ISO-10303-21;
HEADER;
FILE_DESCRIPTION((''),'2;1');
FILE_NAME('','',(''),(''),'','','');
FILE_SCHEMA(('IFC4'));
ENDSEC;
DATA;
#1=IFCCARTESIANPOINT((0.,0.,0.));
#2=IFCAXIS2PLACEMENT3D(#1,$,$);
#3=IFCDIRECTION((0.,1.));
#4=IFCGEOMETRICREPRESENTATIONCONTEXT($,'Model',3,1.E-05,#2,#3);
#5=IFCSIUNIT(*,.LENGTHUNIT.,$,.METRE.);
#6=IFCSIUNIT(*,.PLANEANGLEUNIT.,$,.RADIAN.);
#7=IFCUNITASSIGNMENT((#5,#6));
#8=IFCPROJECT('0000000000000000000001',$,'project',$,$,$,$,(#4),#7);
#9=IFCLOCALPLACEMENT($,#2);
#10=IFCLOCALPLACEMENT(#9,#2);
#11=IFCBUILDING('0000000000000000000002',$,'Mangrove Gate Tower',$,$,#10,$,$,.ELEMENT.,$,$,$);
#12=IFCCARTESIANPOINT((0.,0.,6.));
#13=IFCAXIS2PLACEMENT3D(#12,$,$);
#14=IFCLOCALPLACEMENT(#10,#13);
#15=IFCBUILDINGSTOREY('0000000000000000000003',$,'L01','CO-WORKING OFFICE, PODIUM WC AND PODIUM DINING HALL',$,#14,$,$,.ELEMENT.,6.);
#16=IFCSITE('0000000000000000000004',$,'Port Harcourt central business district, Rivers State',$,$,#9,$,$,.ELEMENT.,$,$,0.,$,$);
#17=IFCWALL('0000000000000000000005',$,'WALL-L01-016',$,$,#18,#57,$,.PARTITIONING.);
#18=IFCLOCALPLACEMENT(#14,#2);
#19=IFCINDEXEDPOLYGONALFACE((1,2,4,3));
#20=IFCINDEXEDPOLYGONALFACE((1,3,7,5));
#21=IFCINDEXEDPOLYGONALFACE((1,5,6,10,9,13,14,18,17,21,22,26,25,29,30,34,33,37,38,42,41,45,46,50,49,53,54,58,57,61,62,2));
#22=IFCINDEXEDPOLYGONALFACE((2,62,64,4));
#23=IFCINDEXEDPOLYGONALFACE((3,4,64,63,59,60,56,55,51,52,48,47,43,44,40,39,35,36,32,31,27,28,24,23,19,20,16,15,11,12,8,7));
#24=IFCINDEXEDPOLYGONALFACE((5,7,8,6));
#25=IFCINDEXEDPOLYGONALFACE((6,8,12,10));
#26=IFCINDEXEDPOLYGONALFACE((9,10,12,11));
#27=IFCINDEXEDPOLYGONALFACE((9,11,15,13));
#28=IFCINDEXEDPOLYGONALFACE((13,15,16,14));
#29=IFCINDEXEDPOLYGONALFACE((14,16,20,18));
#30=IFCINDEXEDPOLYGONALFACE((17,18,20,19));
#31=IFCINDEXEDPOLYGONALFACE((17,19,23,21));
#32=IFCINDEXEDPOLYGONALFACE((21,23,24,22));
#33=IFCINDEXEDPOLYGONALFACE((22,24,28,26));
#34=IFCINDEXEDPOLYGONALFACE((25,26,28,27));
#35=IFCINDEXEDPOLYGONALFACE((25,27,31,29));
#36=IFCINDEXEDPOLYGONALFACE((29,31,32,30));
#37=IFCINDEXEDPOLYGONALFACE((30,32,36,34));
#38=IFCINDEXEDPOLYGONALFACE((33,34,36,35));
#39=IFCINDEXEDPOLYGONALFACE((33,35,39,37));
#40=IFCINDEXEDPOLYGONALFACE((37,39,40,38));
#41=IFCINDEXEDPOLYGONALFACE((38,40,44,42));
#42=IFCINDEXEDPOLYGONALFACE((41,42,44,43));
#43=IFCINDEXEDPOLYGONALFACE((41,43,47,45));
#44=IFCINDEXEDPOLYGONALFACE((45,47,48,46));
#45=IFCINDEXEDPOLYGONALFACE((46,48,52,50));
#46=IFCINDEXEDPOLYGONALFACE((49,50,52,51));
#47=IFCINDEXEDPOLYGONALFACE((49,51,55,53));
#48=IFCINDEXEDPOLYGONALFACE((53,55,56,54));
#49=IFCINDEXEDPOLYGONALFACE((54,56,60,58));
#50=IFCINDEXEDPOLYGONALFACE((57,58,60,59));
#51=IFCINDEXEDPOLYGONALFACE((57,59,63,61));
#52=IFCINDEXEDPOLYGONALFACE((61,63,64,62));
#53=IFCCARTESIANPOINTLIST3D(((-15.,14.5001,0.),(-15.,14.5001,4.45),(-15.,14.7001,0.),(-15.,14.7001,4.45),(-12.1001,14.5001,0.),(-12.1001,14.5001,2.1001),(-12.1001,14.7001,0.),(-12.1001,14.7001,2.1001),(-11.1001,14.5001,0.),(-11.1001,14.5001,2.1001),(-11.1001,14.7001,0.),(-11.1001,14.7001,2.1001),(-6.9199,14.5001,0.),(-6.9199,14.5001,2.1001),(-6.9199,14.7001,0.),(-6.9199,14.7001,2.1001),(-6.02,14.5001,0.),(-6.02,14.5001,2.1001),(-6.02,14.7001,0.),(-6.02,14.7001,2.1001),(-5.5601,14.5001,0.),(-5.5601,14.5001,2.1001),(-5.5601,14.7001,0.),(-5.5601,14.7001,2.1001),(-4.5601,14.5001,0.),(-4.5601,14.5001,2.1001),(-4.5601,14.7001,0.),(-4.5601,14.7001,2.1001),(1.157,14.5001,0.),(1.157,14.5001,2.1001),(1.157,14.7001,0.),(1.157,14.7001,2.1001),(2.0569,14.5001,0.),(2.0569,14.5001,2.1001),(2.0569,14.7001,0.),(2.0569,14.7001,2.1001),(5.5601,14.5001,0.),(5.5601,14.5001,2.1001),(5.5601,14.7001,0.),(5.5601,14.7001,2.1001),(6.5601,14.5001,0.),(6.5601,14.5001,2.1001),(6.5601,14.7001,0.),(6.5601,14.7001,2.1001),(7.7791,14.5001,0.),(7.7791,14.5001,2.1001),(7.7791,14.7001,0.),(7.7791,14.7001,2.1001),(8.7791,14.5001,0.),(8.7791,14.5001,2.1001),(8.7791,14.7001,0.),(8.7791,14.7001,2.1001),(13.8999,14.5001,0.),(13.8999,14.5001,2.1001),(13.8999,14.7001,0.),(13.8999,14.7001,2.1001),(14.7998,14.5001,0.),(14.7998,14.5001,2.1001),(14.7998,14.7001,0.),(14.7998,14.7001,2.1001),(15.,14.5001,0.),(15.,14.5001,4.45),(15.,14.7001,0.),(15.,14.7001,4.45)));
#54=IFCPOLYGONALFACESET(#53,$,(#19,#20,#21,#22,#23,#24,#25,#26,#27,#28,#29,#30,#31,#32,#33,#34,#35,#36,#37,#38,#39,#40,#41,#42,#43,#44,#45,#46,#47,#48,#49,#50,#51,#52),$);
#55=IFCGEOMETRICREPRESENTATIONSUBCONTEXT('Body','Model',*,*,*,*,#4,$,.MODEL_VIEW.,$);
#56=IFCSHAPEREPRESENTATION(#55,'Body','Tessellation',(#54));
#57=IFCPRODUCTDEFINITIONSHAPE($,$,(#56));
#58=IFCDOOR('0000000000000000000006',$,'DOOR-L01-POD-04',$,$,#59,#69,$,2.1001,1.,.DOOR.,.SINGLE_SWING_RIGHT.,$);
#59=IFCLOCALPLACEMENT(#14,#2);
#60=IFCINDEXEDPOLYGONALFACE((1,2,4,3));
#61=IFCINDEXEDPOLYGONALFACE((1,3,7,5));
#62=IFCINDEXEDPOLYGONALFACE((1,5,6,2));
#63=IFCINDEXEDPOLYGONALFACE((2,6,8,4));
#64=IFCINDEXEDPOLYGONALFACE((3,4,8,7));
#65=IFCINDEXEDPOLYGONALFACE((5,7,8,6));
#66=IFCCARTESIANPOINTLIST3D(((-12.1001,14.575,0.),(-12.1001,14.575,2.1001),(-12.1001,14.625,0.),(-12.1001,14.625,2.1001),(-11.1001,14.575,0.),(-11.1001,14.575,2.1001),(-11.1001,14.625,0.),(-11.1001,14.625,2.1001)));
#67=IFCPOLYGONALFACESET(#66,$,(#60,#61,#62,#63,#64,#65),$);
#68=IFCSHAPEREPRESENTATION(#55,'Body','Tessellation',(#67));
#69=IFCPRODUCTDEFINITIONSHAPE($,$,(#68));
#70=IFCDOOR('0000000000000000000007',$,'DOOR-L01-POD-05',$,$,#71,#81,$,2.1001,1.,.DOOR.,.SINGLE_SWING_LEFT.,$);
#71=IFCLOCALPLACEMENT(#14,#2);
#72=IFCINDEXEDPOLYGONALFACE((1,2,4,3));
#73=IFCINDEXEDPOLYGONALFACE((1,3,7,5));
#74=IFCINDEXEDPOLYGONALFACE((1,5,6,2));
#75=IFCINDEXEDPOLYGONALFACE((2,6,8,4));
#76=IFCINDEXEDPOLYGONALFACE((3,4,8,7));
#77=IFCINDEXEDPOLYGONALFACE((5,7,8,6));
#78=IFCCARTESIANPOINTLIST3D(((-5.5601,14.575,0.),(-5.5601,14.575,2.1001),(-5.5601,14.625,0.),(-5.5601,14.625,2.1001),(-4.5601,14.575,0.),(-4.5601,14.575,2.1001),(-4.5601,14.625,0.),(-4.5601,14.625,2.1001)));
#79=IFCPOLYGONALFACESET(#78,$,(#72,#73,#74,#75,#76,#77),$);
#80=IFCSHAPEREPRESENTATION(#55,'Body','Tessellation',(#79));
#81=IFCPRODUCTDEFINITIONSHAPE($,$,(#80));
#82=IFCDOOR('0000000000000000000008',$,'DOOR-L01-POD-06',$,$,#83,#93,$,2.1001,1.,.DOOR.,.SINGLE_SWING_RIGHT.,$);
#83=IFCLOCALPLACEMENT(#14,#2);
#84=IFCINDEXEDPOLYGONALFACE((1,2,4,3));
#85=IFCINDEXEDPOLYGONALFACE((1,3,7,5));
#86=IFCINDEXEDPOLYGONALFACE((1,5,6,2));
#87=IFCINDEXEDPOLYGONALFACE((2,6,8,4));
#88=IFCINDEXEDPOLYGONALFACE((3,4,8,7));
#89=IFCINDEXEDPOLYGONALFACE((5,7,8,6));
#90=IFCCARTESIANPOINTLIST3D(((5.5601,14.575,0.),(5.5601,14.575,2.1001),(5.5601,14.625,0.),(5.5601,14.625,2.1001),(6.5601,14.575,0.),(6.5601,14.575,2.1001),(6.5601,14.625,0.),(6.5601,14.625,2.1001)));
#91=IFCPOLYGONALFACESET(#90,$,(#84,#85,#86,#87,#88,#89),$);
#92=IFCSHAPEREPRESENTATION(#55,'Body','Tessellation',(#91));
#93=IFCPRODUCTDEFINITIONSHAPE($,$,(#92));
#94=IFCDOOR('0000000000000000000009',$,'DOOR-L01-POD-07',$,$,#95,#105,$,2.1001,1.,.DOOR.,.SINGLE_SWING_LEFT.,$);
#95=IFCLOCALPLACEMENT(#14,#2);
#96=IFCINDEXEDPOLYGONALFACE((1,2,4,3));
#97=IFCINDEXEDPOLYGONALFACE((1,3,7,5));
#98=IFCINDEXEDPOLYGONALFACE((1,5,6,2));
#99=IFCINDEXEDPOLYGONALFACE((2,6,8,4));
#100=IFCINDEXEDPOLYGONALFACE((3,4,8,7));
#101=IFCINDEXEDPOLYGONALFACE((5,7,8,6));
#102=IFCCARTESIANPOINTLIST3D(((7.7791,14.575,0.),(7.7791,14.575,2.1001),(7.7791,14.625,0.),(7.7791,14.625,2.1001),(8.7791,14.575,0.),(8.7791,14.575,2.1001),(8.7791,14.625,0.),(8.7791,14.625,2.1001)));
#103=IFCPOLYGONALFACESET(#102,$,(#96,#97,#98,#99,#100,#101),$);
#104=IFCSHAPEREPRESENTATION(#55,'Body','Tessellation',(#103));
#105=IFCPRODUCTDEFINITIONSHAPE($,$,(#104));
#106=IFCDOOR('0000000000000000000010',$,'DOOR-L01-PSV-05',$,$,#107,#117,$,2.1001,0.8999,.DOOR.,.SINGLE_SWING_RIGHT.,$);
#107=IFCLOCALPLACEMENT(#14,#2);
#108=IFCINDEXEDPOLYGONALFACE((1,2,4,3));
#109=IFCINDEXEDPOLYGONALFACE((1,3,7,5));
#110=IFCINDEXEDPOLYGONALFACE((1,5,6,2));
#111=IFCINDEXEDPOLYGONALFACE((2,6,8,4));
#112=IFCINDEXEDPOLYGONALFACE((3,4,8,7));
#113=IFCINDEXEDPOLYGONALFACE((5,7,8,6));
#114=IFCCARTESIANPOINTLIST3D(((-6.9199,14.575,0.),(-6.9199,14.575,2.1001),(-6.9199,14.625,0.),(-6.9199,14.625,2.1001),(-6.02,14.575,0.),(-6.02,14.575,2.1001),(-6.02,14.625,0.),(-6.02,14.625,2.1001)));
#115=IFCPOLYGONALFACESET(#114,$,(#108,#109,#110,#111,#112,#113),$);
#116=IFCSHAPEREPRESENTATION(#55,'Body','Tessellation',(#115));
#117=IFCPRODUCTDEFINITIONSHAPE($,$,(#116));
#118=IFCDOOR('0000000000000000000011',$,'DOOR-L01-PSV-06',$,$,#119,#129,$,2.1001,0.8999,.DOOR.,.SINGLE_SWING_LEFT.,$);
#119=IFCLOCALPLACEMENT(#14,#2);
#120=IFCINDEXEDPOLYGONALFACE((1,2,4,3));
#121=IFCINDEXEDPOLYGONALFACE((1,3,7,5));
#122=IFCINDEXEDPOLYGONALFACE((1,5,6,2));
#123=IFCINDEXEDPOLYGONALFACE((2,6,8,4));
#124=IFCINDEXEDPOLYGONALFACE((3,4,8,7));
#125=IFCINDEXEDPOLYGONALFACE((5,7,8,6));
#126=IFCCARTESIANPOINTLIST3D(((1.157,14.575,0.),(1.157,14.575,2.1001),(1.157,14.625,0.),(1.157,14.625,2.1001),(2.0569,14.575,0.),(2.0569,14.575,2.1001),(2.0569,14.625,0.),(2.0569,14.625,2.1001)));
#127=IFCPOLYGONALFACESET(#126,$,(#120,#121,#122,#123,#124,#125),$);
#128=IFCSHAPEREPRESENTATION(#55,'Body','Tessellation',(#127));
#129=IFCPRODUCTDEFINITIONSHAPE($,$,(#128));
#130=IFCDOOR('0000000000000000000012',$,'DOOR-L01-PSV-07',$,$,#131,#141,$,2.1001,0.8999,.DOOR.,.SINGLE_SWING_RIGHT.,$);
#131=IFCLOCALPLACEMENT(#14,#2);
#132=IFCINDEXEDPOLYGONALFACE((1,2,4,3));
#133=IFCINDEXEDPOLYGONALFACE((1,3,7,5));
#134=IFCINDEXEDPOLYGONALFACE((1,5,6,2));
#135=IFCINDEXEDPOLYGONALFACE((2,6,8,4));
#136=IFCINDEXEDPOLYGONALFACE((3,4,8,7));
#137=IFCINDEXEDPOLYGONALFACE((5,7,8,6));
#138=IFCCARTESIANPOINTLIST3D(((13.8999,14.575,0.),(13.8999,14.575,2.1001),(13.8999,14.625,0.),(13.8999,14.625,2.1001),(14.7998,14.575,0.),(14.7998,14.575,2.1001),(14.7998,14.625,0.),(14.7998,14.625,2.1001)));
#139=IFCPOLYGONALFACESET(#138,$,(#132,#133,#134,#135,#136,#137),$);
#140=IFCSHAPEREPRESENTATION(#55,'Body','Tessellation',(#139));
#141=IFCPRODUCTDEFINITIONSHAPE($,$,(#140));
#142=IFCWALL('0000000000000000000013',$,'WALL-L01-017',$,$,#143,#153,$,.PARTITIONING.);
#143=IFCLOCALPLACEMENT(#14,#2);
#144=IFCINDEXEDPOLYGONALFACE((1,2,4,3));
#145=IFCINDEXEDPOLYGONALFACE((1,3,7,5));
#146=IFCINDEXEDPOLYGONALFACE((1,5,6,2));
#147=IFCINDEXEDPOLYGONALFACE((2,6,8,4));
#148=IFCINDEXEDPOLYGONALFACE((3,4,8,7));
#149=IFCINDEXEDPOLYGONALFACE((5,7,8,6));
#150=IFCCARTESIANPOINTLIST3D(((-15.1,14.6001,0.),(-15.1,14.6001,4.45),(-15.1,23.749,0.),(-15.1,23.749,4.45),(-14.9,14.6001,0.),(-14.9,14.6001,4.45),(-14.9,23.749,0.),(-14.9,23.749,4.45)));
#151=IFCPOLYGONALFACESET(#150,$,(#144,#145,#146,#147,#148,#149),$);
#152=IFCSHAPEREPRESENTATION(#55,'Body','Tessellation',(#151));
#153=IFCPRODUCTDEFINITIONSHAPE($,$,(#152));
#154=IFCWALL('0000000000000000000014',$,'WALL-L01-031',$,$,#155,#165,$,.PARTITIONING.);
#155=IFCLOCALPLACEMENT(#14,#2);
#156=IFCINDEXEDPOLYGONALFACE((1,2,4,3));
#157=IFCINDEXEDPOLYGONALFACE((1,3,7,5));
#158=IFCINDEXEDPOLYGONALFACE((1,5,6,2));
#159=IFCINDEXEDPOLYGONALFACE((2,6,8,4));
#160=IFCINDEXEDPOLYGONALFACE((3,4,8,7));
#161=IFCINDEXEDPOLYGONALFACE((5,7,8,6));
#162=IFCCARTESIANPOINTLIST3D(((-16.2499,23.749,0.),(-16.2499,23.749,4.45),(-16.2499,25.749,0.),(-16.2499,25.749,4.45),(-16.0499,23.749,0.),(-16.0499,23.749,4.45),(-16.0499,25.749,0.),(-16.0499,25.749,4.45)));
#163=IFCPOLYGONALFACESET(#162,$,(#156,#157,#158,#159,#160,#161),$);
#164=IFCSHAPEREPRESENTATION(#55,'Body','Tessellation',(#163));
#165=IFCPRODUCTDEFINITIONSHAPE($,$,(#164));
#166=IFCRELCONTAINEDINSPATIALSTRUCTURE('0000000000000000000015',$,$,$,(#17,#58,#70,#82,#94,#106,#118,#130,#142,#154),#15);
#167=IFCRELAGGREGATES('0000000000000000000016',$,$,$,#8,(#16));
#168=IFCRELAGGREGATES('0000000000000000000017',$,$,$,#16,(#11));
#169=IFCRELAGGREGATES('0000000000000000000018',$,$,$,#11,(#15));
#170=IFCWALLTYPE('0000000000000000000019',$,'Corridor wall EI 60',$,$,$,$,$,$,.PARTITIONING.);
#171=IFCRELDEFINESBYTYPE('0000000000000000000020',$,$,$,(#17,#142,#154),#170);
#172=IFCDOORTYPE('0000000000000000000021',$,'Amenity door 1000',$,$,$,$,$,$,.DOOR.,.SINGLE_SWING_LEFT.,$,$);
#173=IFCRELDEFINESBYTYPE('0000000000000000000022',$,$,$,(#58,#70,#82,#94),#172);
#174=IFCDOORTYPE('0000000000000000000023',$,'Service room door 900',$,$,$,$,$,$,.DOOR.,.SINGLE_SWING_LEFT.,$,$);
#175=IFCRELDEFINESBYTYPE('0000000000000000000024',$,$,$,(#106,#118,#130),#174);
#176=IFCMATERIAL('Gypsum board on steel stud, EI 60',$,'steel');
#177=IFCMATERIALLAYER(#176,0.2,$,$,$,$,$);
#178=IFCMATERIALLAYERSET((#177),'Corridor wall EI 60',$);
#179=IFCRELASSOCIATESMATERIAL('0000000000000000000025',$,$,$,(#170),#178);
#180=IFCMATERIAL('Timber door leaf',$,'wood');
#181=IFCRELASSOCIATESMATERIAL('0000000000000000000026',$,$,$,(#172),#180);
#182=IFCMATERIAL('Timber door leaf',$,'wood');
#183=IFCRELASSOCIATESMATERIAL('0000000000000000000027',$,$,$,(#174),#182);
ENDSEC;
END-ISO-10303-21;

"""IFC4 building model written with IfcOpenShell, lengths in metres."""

from ifc_helpers import new_model, si_unit, direction, frame, frame_2d, origin, place, context, subcontext, project, spatial, rectangle, extrude, material, layer, layer_set, type_object, element, fill, save


model = new_model("IFC4")

# Units and contexts
model_context = context("Model", 3, precision=1e-05, world=origin(), true_north=direction((0.0, 1.0)))
body_context = subcontext(model_context, "Body", "Model", "MODEL_VIEW")
ifc_project = project(units=[si_unit("LENGTHUNIT", "METRE"), si_unit("PLANEANGLEUNIT", "RADIAN")], contexts=[model_context])

# Site, building, storey
site_placement = place(None, origin())
site = spatial("IfcSite", under=ifc_project, at=site_placement, Name="Port Harcourt central business district, Rivers State", CompositionType="ELEMENT", RefElevation=0.0)
building_placement = place(site_placement, origin())
building = spatial("IfcBuilding", under=site, at=building_placement, Name="Mangrove Gate Tower", CompositionType="ELEMENT")
storey_placement = place(building_placement, frame((0.0, 0.0, 6.0)))
storey = spatial("IfcBuildingStorey", under=building, at=storey_placement, Name="L01", Description="CO-WORKING OFFICE, PODIUM WC AND PODIUM DINING HALL", CompositionType="ELEMENT", Elevation=6.0)

# Wall, openings, doors
ifc_material_1 = material(Name="Gypsum board on steel stud, EI 60", Category="steel")
ifc_layer_1 = layer(ifc_material_1, 0.2)
ifc_layer_set_1 = layer_set([ifc_layer_1], Name="Corridor wall EI 60")
wall_type_1 = type_object("IfcWallType", Name="Corridor wall EI 60", PredefinedType="PARTITIONING", material=ifc_layer_set_1)
wall_1_placement = place(storey_placement, frame((-15.0, 14.6001, 0.0), z_axis=(0.0, 0.0, 1.0), x_axis=(1.0, 0.0, 0.0)))
wall_1 = element("IfcWall", 1, at=wall_1_placement, inside=storey, type_object=wall_type_1, Name="WALL-L01-016", PredefinedType="PARTITIONING", context=body_context, shape_type="SweptSolid", body=[
    extrude(rectangle(XDim=30.0, YDim=0.2, at=frame_2d((15.0, 0.0))), origin(), (0.0, 0.0, 1.0), 4.45),
])
opening_1_placement = place(wall_1_placement, frame((2.8999, 0.0, 0.0)))
opening_1 = element("IfcOpeningElement", 2, at=opening_1_placement, cuts=wall_1, PredefinedType="OPENING", context=body_context, shape_type="SweptSolid", body=[
    extrude(rectangle(XDim=1.0, YDim=2.1001, at=frame_2d((0.5, 1.05))), frame((0.0, 0.1099, 0.0), z_axis=(0.0, -1.0, 0.0), x_axis=(1.0, 0.0, 0.0)), (0.0, 0.0, 1.0), 0.22),
])
opening_2_placement = place(wall_1_placement, frame((9.4399, 0.0, 0.0)))
opening_2 = element("IfcOpeningElement", 3, at=opening_2_placement, cuts=wall_1, PredefinedType="OPENING", context=body_context, shape_type="SweptSolid", body=[
    extrude(rectangle(XDim=1.0, YDim=2.1001, at=frame_2d((0.5, 1.05))), frame((0.0, 0.1099, 0.0), z_axis=(0.0, -1.0, 0.0), x_axis=(1.0, 0.0, 0.0)), (0.0, 0.0, 1.0), 0.22),
])
opening_3_placement = place(wall_1_placement, frame((8.0801, 0.0, 0.0)))
opening_3 = element("IfcOpeningElement", 4, at=opening_3_placement, cuts=wall_1, PredefinedType="OPENING", context=body_context, shape_type="SweptSolid", body=[
    extrude(rectangle(XDim=0.8999, YDim=2.1001, at=frame_2d((0.45, 1.05))), frame((0.0, 0.1099, 0.0), z_axis=(0.0, -1.0, 0.0), x_axis=(1.0, 0.0, 0.0)), (0.0, 0.0, 1.0), 0.22),
])
opening_4_placement = place(wall_1_placement, frame((20.5601, 0.0, 0.0)))
opening_4 = element("IfcOpeningElement", 5, at=opening_4_placement, cuts=wall_1, PredefinedType="OPENING", context=body_context, shape_type="SweptSolid", body=[
    extrude(rectangle(XDim=1.0, YDim=2.1001, at=frame_2d((0.5, 1.05))), frame((0.0, 0.1099, 0.0), z_axis=(0.0, -1.0, 0.0), x_axis=(1.0, 0.0, 0.0)), (0.0, 0.0, 1.0), 0.22),
])
opening_5_placement = place(wall_1_placement, frame((16.157, 0.0, 0.0)))
opening_5 = element("IfcOpeningElement", 6, at=opening_5_placement, cuts=wall_1, PredefinedType="OPENING", context=body_context, shape_type="SweptSolid", body=[
    extrude(rectangle(XDim=0.8999, YDim=2.1001, at=frame_2d((0.45, 1.05))), frame((0.0, 0.1099, 0.0), z_axis=(0.0, -1.0, 0.0), x_axis=(1.0, 0.0, 0.0)), (0.0, 0.0, 1.0), 0.22),
])
opening_6_placement = place(wall_1_placement, frame((22.7791, 0.0, 0.0)))
opening_6 = element("IfcOpeningElement", 7, at=opening_6_placement, cuts=wall_1, PredefinedType="OPENING", context=body_context, shape_type="SweptSolid", body=[
    extrude(rectangle(XDim=1.0, YDim=2.1001, at=frame_2d((0.5, 1.05))), frame((0.0, 0.1099, 0.0), z_axis=(0.0, -1.0, 0.0), x_axis=(1.0, 0.0, 0.0)), (0.0, 0.0, 1.0), 0.22),
])
opening_7_placement = place(wall_1_placement, frame((28.8999, 0.0, 0.0)))
opening_7 = element("IfcOpeningElement", 8, at=opening_7_placement, cuts=wall_1, PredefinedType="OPENING", context=body_context, shape_type="SweptSolid", body=[
    extrude(rectangle(XDim=0.8999, YDim=2.1001, at=frame_2d((0.45, 1.05))), frame((0.0, 0.1099, 0.0), z_axis=(0.0, -1.0, 0.0), x_axis=(1.0, 0.0, 0.0)), (0.0, 0.0, 1.0), 0.22),
])
ifc_material_2 = material(Name="Timber door leaf", Category="wood")
door_type_1 = type_object("IfcDoorType", Name="Amenity door 1000", OperationType="SINGLE_SWING_LEFT", PredefinedType="DOOR", material=ifc_material_2)
door_1_placement = place(opening_1_placement, origin())
door_1 = element("IfcDoor", 9, at=door_1_placement, inside=storey, type_object=door_type_1, Name="DOOR-L01-POD-04", OperationType="SINGLE_SWING_RIGHT", OverallHeight=2.1001, OverallWidth=1.0, PredefinedType="DOOR", context=body_context, shape_type="SweptSolid", body=[
    extrude(rectangle(XDim=1.0, YDim=2.1001, at=frame_2d((0.5, 1.05))), frame((0.0, 0.0249, 0.0), z_axis=(0.0, -1.0, 0.0), x_axis=(1.0, 0.0, 0.0)), (0.0, 0.0, 1.0), 0.05),
])
fill(opening_1, door_1)
door_2_placement = place(opening_2_placement, origin())
door_2 = element("IfcDoor", 10, at=door_2_placement, inside=storey, type_object=door_type_1, Name="DOOR-L01-POD-05", OperationType="SINGLE_SWING_LEFT", OverallHeight=2.1001, OverallWidth=1.0, PredefinedType="DOOR", context=body_context, shape_type="SweptSolid", body=[
    extrude(rectangle(XDim=1.0, YDim=2.1001, at=frame_2d((0.5, 1.05))), frame((0.0, 0.0249, 0.0), z_axis=(0.0, -1.0, 0.0), x_axis=(1.0, 0.0, 0.0)), (0.0, 0.0, 1.0), 0.05),
])
fill(opening_2, door_2)
door_3_placement = place(opening_4_placement, origin())
door_3 = element("IfcDoor", 11, at=door_3_placement, inside=storey, type_object=door_type_1, Name="DOOR-L01-POD-06", OperationType="SINGLE_SWING_RIGHT", OverallHeight=2.1001, OverallWidth=1.0, PredefinedType="DOOR", context=body_context, shape_type="SweptSolid", body=[
    extrude(rectangle(XDim=1.0, YDim=2.1001, at=frame_2d((0.5, 1.05))), frame((0.0, 0.0249, 0.0), z_axis=(0.0, -1.0, 0.0), x_axis=(1.0, 0.0, 0.0)), (0.0, 0.0, 1.0), 0.05),
])
fill(opening_4, door_3)
door_4_placement = place(opening_6_placement, origin())
door_4 = element("IfcDoor", 12, at=door_4_placement, inside=storey, type_object=door_type_1, Name="DOOR-L01-POD-07", OperationType="SINGLE_SWING_LEFT", OverallHeight=2.1001, OverallWidth=1.0, PredefinedType="DOOR", context=body_context, shape_type="SweptSolid", body=[
    extrude(rectangle(XDim=1.0, YDim=2.1001, at=frame_2d((0.5, 1.05))), frame((0.0, 0.0249, 0.0), z_axis=(0.0, -1.0, 0.0), x_axis=(1.0, 0.0, 0.0)), (0.0, 0.0, 1.0), 0.05),
])
fill(opening_6, door_4)
ifc_material_3 = material(Name="Timber door leaf", Category="wood")
door_type_2 = type_object("IfcDoorType", Name="Service room door 900", OperationType="SINGLE_SWING_LEFT", PredefinedType="DOOR", material=ifc_material_3)
door_5_placement = place(opening_3_placement, origin())
door_5 = element("IfcDoor", 13, at=door_5_placement, inside=storey, type_object=door_type_2, Name="DOOR-L01-PSV-05", OperationType="SINGLE_SWING_RIGHT", OverallHeight=2.1001, OverallWidth=0.8999, PredefinedType="DOOR", context=body_context, shape_type="SweptSolid", body=[
    extrude(rectangle(XDim=0.8999, YDim=2.1001, at=frame_2d((0.45, 1.05))), frame((0.0, 0.0249, 0.0), z_axis=(0.0, -1.0, 0.0), x_axis=(1.0, 0.0, 0.0)), (0.0, 0.0, 1.0), 0.05),
])
fill(opening_3, door_5)
door_6_placement = place(opening_5_placement, origin())
door_6 = element("IfcDoor", 14, at=door_6_placement, inside=storey, type_object=door_type_2, Name="DOOR-L01-PSV-06", OperationType="SINGLE_SWING_LEFT", OverallHeight=2.1001, OverallWidth=0.8999, PredefinedType="DOOR", context=body_context, shape_type="SweptSolid", body=[
    extrude(rectangle(XDim=0.8999, YDim=2.1001, at=frame_2d((0.45, 1.05))), frame((0.0, 0.0249, 0.0), z_axis=(0.0, -1.0, 0.0), x_axis=(1.0, 0.0, 0.0)), (0.0, 0.0, 1.0), 0.05),
])
fill(opening_5, door_6)
door_7_placement = place(opening_7_placement, origin())
door_7 = element("IfcDoor", 15, at=door_7_placement, inside=storey, type_object=door_type_2, Name="DOOR-L01-PSV-07", OperationType="SINGLE_SWING_RIGHT", OverallHeight=2.1001, OverallWidth=0.8999, PredefinedType="DOOR", context=body_context, shape_type="SweptSolid", body=[
    extrude(rectangle(XDim=0.8999, YDim=2.1001, at=frame_2d((0.45, 1.05))), frame((0.0, 0.0249, 0.0), z_axis=(0.0, -1.0, 0.0), x_axis=(1.0, 0.0, 0.0)), (0.0, 0.0, 1.0), 0.05),
])
fill(opening_7, door_7)

# Walls
wall_2_placement = place(storey_placement, frame((-15.0, 14.6001, 0.0), z_axis=(0.0, 0.0, 1.0), x_axis=(0.0, 1.0, 0.0)))
element("IfcWall", 16, at=wall_2_placement, inside=storey, type_object=wall_type_1, Name="WALL-L01-017", PredefinedType="PARTITIONING", context=body_context, shape_type="SweptSolid", body=[
    extrude(rectangle(XDim=9.1489, YDim=0.2, at=frame_2d((4.5745, 0.0))), origin(), (0.0, 0.0, 1.0), 4.45),
])
wall_3_placement = place(storey_placement, frame((-16.1499, 23.749, 0.0), z_axis=(0.0, 0.0, 1.0), x_axis=(0.0, 1.0, 0.0)))
element("IfcWall", 17, at=wall_3_placement, inside=storey, type_object=wall_type_1, Name="WALL-L01-031", PredefinedType="PARTITIONING", context=body_context, shape_type="SweptSolid", body=[
    extrude(rectangle(XDim=2.0, YDim=0.2, at=frame_2d((1.0, 0.0))), origin(), (0.0, 0.0, 1.0), 4.45),
])

save(model, "model.ifc")
